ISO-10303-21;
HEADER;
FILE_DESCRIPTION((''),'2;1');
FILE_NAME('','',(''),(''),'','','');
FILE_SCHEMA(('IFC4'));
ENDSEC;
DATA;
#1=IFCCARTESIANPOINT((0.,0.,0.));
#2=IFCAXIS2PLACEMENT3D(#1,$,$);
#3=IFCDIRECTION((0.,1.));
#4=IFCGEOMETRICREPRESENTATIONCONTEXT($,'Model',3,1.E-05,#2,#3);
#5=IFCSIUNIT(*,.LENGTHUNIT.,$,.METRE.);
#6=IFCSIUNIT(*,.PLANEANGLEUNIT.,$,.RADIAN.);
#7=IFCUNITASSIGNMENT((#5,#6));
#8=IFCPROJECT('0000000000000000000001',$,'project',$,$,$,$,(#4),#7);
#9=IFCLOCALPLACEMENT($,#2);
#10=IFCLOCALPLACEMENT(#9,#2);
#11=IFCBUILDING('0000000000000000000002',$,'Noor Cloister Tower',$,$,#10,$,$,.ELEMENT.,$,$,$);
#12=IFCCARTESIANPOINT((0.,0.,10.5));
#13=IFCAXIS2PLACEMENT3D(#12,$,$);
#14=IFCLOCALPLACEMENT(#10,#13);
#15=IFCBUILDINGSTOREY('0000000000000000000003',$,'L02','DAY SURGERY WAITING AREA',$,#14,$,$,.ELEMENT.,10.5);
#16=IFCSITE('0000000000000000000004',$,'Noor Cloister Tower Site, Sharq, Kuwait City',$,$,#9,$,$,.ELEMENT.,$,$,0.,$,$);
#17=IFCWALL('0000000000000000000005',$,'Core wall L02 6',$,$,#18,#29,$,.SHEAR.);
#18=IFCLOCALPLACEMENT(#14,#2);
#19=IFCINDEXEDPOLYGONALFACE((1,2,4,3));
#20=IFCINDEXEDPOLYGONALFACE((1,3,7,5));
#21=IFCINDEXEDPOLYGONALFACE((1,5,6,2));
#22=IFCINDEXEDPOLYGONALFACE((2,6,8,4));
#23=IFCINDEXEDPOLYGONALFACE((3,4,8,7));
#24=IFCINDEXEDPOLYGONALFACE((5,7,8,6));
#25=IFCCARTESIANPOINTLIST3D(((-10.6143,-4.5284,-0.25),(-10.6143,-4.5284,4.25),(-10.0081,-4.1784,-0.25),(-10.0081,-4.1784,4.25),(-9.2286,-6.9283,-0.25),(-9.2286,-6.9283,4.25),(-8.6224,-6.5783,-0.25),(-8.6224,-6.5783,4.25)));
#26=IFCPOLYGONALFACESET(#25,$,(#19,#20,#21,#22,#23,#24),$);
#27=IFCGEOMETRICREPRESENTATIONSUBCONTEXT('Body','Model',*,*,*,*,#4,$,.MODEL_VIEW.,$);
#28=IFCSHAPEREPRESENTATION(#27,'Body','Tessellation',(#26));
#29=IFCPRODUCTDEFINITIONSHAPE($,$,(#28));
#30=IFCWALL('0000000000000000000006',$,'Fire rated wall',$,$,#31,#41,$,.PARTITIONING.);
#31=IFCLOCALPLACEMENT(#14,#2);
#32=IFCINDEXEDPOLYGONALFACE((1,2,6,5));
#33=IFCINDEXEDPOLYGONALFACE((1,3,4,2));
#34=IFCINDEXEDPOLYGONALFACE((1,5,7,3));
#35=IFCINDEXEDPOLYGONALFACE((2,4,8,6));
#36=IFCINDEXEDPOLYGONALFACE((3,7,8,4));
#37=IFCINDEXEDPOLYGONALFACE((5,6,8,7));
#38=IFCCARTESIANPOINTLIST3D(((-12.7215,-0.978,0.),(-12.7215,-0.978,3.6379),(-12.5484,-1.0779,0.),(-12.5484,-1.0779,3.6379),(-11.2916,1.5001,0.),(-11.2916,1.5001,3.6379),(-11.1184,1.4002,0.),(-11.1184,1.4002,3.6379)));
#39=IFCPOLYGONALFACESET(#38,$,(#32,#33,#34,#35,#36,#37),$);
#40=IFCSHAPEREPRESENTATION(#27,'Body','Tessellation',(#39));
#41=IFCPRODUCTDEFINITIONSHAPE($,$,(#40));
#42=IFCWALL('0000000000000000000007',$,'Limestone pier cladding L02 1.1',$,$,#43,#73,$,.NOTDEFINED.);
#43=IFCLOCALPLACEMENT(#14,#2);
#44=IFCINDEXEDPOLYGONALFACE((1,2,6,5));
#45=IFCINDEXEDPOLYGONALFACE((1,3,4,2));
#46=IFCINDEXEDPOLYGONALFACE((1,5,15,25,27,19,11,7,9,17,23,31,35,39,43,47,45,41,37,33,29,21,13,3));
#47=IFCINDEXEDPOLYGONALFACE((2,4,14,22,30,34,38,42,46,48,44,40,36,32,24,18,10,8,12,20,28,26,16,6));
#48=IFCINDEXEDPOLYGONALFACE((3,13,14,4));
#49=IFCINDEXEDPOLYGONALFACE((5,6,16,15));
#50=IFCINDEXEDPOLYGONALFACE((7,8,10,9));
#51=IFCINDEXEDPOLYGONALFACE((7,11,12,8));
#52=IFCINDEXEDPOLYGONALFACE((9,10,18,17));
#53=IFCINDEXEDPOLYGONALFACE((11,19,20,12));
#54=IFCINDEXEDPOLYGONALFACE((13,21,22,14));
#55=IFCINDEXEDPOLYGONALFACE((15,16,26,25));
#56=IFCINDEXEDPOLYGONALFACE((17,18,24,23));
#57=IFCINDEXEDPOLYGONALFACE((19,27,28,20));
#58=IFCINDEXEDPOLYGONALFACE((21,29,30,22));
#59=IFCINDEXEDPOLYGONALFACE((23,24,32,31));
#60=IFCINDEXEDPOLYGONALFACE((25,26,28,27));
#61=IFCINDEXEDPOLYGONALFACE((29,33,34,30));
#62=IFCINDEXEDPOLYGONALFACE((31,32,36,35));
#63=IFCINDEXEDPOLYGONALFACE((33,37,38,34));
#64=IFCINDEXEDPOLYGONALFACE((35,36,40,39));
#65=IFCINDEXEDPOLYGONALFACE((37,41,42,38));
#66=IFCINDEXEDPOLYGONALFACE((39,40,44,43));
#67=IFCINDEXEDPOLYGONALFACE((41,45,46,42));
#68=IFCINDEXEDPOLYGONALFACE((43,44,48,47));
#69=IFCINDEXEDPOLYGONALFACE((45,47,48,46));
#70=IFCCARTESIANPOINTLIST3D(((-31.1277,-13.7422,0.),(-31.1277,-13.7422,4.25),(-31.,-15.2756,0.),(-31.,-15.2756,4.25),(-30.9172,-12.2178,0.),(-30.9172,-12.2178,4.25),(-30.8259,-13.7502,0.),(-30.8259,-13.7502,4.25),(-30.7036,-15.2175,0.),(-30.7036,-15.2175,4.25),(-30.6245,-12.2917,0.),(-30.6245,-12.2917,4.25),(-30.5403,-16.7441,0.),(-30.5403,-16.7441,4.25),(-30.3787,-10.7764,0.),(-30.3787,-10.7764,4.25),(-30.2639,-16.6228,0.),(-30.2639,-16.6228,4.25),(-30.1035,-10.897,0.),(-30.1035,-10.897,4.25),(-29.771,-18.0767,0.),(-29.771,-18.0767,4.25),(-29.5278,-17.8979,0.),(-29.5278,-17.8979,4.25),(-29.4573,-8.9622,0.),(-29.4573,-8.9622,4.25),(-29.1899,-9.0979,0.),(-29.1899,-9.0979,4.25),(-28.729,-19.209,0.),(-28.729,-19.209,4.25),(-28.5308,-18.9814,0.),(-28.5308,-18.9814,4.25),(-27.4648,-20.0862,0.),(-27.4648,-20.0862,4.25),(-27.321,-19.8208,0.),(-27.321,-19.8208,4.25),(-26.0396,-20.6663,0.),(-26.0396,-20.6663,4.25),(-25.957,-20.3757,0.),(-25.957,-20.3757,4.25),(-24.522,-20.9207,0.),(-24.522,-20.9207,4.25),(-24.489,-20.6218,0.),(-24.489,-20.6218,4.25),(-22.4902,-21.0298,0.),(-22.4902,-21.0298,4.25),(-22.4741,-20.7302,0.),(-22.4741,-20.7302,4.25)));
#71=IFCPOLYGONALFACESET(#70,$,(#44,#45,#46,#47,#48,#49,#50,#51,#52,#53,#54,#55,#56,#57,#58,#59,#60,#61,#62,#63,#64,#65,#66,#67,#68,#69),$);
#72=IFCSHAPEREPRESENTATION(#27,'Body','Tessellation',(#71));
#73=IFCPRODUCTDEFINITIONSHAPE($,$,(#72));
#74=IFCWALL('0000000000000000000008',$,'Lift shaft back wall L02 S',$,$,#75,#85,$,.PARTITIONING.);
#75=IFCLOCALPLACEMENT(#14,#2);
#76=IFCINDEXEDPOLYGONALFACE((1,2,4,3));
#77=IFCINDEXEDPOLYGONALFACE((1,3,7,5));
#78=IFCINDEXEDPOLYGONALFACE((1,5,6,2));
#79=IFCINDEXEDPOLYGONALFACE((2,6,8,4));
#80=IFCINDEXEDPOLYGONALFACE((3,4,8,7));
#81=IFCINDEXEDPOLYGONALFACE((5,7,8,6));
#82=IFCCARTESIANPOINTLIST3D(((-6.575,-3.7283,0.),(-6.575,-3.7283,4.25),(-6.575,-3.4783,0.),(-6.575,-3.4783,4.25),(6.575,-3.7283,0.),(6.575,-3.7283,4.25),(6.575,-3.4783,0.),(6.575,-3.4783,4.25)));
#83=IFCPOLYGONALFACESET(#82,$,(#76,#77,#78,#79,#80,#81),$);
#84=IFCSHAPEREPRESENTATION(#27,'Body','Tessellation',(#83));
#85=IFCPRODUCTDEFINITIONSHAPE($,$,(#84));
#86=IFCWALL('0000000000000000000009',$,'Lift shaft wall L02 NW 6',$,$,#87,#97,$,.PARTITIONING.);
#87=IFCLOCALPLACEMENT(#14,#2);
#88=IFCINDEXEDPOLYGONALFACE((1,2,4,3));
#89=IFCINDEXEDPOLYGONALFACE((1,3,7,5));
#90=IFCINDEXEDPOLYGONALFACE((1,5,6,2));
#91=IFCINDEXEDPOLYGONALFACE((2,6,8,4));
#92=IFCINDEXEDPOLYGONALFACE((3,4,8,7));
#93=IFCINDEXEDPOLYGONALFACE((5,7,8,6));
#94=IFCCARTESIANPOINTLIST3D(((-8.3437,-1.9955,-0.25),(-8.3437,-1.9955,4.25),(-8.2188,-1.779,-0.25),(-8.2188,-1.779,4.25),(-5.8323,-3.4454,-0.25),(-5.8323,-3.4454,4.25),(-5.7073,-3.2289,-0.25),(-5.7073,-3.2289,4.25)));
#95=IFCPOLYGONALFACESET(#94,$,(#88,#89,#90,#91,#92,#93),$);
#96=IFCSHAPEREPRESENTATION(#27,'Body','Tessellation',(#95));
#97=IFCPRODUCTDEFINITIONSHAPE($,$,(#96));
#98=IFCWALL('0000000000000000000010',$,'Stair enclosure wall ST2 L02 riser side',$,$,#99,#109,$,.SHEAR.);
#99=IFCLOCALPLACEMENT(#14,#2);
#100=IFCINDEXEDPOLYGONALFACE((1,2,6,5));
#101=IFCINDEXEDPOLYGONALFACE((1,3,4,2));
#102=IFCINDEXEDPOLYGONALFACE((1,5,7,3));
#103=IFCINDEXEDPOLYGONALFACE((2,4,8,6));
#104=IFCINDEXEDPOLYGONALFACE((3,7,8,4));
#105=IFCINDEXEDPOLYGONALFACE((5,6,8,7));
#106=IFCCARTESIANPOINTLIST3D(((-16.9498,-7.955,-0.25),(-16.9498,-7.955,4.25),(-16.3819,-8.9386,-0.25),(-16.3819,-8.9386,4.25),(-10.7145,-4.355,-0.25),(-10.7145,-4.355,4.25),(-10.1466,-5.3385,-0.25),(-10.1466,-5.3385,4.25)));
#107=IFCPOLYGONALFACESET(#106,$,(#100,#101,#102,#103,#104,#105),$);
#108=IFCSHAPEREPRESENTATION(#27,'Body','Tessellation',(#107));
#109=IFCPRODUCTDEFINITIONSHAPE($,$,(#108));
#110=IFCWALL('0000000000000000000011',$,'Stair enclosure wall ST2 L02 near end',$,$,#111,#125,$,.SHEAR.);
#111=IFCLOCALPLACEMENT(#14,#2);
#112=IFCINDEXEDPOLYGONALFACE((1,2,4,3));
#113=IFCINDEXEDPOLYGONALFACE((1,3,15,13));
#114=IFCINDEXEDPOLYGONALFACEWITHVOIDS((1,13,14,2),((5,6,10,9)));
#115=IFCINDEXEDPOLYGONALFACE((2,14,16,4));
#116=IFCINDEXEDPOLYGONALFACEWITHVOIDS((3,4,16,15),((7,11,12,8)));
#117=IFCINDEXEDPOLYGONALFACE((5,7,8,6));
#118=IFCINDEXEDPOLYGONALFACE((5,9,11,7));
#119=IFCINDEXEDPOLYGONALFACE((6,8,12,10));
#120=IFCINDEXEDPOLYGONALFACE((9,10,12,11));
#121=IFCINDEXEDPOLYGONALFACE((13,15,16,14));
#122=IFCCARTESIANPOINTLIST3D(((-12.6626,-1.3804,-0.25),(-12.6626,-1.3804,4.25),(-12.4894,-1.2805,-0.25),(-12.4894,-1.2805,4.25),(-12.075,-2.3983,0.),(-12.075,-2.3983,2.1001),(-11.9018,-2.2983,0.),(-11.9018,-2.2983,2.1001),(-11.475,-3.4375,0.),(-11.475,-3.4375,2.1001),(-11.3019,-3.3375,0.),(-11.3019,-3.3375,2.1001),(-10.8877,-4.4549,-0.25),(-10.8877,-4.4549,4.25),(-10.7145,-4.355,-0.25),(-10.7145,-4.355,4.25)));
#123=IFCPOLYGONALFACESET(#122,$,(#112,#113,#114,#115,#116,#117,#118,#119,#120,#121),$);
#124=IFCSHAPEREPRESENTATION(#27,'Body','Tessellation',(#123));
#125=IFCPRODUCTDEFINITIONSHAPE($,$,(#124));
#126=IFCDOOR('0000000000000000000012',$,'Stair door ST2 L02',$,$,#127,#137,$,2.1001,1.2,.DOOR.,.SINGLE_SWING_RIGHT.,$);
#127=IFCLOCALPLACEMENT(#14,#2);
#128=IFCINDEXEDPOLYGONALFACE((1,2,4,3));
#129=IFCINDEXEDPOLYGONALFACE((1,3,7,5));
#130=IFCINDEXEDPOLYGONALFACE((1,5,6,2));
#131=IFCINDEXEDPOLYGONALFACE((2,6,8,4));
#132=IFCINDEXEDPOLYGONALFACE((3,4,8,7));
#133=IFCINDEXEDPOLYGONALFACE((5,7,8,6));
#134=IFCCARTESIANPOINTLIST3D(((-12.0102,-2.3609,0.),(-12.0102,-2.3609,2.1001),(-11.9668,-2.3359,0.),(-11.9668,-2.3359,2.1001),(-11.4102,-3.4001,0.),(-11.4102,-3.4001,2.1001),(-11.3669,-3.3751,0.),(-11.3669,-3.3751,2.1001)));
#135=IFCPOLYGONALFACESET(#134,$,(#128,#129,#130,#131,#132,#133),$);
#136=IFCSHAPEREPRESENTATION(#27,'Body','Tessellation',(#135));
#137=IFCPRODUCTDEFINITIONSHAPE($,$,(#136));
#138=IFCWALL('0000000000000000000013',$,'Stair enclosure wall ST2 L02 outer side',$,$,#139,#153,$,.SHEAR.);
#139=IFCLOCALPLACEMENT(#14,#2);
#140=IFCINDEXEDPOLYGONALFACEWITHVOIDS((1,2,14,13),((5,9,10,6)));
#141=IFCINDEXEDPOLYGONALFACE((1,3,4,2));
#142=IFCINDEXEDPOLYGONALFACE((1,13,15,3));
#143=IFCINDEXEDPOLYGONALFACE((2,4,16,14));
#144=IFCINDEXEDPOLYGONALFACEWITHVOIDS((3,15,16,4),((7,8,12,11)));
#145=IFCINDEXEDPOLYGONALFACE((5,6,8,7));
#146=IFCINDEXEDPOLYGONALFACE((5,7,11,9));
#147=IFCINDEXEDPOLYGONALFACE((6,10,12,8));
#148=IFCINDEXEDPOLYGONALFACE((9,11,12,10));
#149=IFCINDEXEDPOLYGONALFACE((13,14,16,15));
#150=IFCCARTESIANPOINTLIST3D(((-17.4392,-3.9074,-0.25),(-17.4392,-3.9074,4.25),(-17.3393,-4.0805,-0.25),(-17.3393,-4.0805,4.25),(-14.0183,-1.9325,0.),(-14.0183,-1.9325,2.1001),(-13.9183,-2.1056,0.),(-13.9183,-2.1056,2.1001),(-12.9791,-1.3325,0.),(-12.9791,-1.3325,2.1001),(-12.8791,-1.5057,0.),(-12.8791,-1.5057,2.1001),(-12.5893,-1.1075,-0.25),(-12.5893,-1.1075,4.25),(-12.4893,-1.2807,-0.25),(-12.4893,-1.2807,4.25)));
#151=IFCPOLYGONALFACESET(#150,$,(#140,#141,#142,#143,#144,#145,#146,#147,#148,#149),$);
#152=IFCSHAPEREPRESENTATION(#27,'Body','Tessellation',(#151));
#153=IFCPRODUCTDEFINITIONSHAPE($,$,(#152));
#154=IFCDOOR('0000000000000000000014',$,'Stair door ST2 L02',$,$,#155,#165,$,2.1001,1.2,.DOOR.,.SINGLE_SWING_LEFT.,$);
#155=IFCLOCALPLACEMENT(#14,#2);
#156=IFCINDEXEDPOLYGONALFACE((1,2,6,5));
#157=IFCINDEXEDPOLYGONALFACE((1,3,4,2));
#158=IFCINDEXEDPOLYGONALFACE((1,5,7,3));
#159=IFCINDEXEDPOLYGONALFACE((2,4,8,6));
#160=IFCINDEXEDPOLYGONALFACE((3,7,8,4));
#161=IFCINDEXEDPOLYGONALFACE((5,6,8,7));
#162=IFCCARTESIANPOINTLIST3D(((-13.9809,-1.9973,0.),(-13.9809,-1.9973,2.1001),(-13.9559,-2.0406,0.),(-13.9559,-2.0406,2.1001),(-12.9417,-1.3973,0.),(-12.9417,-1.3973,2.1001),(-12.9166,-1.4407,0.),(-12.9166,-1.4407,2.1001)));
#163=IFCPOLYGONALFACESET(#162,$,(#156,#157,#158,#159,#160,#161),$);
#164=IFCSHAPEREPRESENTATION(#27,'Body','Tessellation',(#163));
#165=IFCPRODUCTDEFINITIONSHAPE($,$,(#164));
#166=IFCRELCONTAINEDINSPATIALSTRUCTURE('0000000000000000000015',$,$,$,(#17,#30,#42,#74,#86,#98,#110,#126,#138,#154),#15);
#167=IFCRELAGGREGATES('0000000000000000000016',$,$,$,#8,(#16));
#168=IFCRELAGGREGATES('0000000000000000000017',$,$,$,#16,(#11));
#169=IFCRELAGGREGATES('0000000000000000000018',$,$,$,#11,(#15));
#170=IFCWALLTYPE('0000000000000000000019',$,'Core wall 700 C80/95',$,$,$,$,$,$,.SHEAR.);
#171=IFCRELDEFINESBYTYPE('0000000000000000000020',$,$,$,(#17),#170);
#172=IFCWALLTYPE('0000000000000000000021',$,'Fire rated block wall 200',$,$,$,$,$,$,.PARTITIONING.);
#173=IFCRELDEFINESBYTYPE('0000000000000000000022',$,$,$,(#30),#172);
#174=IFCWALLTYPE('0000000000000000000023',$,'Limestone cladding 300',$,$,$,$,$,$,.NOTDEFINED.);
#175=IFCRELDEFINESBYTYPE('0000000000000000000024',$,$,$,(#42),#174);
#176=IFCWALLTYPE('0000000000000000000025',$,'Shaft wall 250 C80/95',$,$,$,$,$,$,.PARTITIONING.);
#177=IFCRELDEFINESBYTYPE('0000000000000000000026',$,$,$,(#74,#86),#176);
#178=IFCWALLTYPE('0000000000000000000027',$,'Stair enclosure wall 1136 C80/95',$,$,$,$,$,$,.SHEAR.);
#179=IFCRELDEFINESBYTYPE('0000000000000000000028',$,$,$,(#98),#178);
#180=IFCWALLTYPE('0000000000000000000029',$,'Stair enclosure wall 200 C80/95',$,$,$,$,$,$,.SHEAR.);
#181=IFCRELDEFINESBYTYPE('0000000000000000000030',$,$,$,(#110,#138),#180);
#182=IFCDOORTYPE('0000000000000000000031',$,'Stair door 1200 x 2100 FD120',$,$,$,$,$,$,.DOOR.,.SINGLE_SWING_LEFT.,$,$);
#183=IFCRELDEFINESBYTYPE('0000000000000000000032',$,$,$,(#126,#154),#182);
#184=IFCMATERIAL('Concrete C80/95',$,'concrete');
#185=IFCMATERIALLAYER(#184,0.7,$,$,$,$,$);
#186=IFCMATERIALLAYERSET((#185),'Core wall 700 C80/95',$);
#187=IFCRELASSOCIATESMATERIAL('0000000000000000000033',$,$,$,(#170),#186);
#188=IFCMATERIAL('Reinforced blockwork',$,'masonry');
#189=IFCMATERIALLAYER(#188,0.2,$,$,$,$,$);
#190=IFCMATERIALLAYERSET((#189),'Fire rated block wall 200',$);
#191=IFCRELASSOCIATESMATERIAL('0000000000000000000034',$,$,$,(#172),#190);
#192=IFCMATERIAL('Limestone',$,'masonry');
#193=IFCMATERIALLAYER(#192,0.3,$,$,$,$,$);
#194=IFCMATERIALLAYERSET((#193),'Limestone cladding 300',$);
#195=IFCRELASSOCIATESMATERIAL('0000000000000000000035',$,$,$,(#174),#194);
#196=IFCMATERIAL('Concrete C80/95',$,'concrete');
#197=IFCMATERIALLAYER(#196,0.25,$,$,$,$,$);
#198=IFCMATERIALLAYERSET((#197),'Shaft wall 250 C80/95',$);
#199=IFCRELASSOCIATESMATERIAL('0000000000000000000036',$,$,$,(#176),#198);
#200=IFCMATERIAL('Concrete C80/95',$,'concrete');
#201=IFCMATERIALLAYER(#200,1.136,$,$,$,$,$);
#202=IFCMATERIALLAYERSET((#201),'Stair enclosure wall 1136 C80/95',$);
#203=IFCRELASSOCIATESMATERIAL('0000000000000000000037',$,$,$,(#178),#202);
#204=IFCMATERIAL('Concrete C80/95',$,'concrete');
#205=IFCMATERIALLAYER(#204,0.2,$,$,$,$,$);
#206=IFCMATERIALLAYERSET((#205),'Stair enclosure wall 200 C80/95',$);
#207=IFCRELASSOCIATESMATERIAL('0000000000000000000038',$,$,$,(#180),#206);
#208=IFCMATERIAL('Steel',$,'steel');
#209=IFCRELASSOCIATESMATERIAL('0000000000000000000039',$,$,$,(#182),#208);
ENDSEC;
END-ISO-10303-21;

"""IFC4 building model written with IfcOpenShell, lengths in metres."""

from ifc_helpers import new_model, si_unit, direction, frame, frame_2d, origin, place, context, subcontext, project, spatial, polyline, rectangle, outline, extrude, material, layer, layer_set, type_object, element, fill, save


model = new_model("IFC4")

# Units and contexts
model_context = context("Model", 3, precision=1e-05, world=origin(), true_north=direction((0.0, 1.0)))
body_context = subcontext(model_context, "Body", "Model", "MODEL_VIEW")
ifc_project = project(units=[si_unit("LENGTHUNIT", "METRE"), si_unit("PLANEANGLEUNIT", "RADIAN")], contexts=[model_context])

# Site, building, storey
site_placement = place(None, origin())
site = spatial("IfcSite", under=ifc_project, at=site_placement, Name="Noor Cloister Tower Site, Sharq, Kuwait City", CompositionType="ELEMENT", RefElevation=0.0)
building_placement = place(site_placement, origin())
building = spatial("IfcBuilding", under=site, at=building_placement, Name="Noor Cloister Tower", CompositionType="ELEMENT")
storey_placement = place(building_placement, frame((0.0, 0.0, 10.5)))
storey = spatial("IfcBuildingStorey", under=building, at=storey_placement, Name="L02", Description="DAY SURGERY WAITING AREA", CompositionType="ELEMENT", Elevation=10.5)

# Walls
ifc_material_1 = material(Name="Concrete C80/95", Category="concrete")
ifc_layer_1 = layer(ifc_material_1, 0.7)
ifc_layer_set_1 = layer_set([ifc_layer_1], Name="Core wall 700 C80/95")
wall_type_1 = type_object("IfcWallType", Name="Core wall 700 C80/95", PredefinedType="SHEAR", material=ifc_layer_set_1)
wall_1_placement = place(storey_placement, frame((-10.3113, -4.3533, -0.25), z_axis=(0.0, 0.0, 1.0), x_axis=(0.500043, -0.866001, 0.0)))
element("IfcWall", 1, at=wall_1_placement, inside=storey, type_object=wall_type_1, Name="Core wall L02 6", PredefinedType="SHEAR", context=body_context, shape_type="SweptSolid", body=[
    extrude(rectangle(XDim=2.7712, YDim=0.7, at=frame_2d((1.3857, 0.0))), origin(), (0.0, 0.0, 1.0), 4.5),
])
ifc_material_2 = material(Name="Reinforced blockwork", Category="masonry")
ifc_layer_2 = layer(ifc_material_2, 0.2)
ifc_layer_set_2 = layer_set([ifc_layer_2], Name="Fire rated block wall 200")
wall_type_2 = type_object("IfcWallType", Name="Fire rated block wall 200", PredefinedType="PARTITIONING", material=ifc_layer_set_2)
wall_2_placement = place(storey_placement, frame((-12.635, -1.0281, 0.0), z_axis=(0.0, 0.0, 1.0), x_axis=(0.499801, 0.86614, 0.0)))
element("IfcWall", 2, at=wall_2_placement, inside=storey, type_object=wall_type_2, Name="Fire rated wall", PredefinedType="PARTITIONING", context=body_context, shape_type="SweptSolid", body=[
    extrude(rectangle(XDim=2.8611, YDim=0.2, at=frame_2d((1.4307, 0.0))), origin(), (0.0, 0.0, 1.0), 3.6379),
])
ifc_material_3 = material(Name="Limestone", Category="masonry")
ifc_layer_3 = layer(ifc_material_3, 0.3)
ifc_layer_set_3 = layer_set([ifc_layer_3], Name="Limestone cladding 300")
wall_type_3 = type_object("IfcWallType", Name="Limestone cladding 300", PredefinedType="NOTDEFINED", material=ifc_layer_set_3)
wall_3_placement = place(storey_placement, origin())
element("IfcWall", 3, at=wall_3_placement, inside=storey, type_object=wall_type_3, Name="Limestone pier cladding L02 1.1", PredefinedType="NOTDEFINED", context=body_context, shape_type="SweptSolid", body=[
    extrude(outline(polyline([(-29.4573, -8.9622), (-30.3787, -10.7764), (-30.9172, -12.2178), (-31.1277, -13.7422), (-31.0, -15.2756), (-30.5403, -16.7441), (-29.771, -18.0767), (-28.729, -19.209), (-27.4648, -20.0862), (-26.0396, -20.6663), (-24.522, -20.9207), (-22.4902, -21.0298), (-22.4741, -20.7302), (-24.489, -20.6218), (-25.957, -20.3757), (-27.321, -19.8208), (-28.5308, -18.9814), (-29.5278, -17.8979), (-30.2639, -16.6228), (-30.7036, -15.2175), (-30.8259, -13.7502), (-30.6245, -12.2917), (-30.1035, -10.897), (-29.1899, -9.0979), (-29.4573, -8.9622)])), origin(), (0.0, 0.0, 1.0), 4.25),
])
ifc_material_4 = material(Name="Concrete C80/95", Category="concrete")
ifc_layer_4 = layer(ifc_material_4, 0.25)
ifc_layer_set_4 = layer_set([ifc_layer_4], Name="Shaft wall 250 C80/95")
wall_type_4 = type_object("IfcWallType", Name="Shaft wall 250 C80/95", PredefinedType="PARTITIONING", material=ifc_layer_set_4)
wall_4_placement = place(storey_placement, frame((-6.575, -3.6033, 0.0), z_axis=(0.0, 0.0, 1.0), x_axis=(1.0, 0.0, 0.0)))
element("IfcWall", 4, at=wall_4_placement, inside=storey, type_object=wall_type_4, Name="Lift shaft back wall L02 S", PredefinedType="PARTITIONING", context=body_context, shape_type="SweptSolid", body=[
    extrude(rectangle(XDim=13.1499, YDim=0.25, at=frame_2d((6.575, 0.0))), origin(), (0.0, 0.0, 1.0), 4.25),
])
wall_5_placement = place(storey_placement, frame((-8.2812, -1.8872, -0.25), z_axis=(0.0, 0.0, 1.0), x_axis=(0.866033, -0.499987, 0.0)))
element("IfcWall", 5, at=wall_5_placement, inside=storey, type_object=wall_type_4, Name="Lift shaft wall L02 NW 6", PredefinedType="PARTITIONING", context=body_context, shape_type="SweptSolid", body=[
    extrude(rectangle(XDim=2.8999, YDim=0.25, at=frame_2d((1.45, 0.0))), origin(), (0.0, 0.0, 1.0), 4.5),
])
ifc_material_5 = material(Name="Concrete C80/95", Category="concrete")
ifc_layer_5 = layer(ifc_material_5, 1.136)
ifc_layer_set_5 = layer_set([ifc_layer_5], Name="Stair enclosure wall 1136 C80/95")
wall_type_5 = type_object("IfcWallType", Name="Stair enclosure wall 1136 C80/95", PredefinedType="SHEAR", material=ifc_layer_set_5)
wall_6_placement = place(storey_placement, frame((-10.4304, -4.8467, -0.25), z_axis=(0.0, 0.0, 1.0), x_axis=(-0.866018, -0.500012, 0.0)))
element("IfcWall", 6, at=wall_6_placement, inside=storey, type_object=wall_type_5, Name="Stair enclosure wall ST2 L02 riser side", PredefinedType="SHEAR", context=body_context, shape_type="SweptSolid", body=[
    extrude(rectangle(XDim=7.2, YDim=1.1357, at=frame_2d((3.6001, 0.0))), origin(), (0.0, 0.0, 1.0), 4.5),
])

# Walls, openings, doors
ifc_material_6 = material(Name="Concrete C80/95", Category="concrete")
ifc_layer_6 = layer(ifc_material_6, 0.2)
ifc_layer_set_6 = layer_set([ifc_layer_6], Name="Stair enclosure wall 200 C80/95")
wall_type_6 = type_object("IfcWallType", Name="Stair enclosure wall 200 C80/95", PredefinedType="SHEAR", material=ifc_layer_set_6)
wall_7_placement = place(storey_placement, frame((-12.5759, -1.3306, -0.25), z_axis=(0.0, 0.0, 1.0), x_axis=(0.49997, -0.866042, 0.0)))
wall_7 = element("IfcWall", 7, at=wall_7_placement, inside=storey, type_object=wall_type_6, Name="Stair enclosure wall ST2 L02 near end", PredefinedType="SHEAR", context=body_context, shape_type="SweptSolid", body=[
    extrude(rectangle(XDim=3.55, YDim=0.2, at=frame_2d((1.7749, 0.0))), origin(), (0.0, 0.0, 1.0), 4.5),
])
opening_1_placement = place(wall_7_placement, frame((1.175, 0.0, 0.25)))
opening_1 = element("IfcOpeningElement", 8, at=opening_1_placement, cuts=wall_7, PredefinedType="OPENING", context=body_context, shape_type="SweptSolid", body=[
    extrude(rectangle(XDim=1.2, YDim=2.1001, at=frame_2d((0.6001, 1.05))), frame((0.0, 0.1099, 0.0), z_axis=(0.0, -1.0, 0.0), x_axis=(1.0, 0.0, 0.0)), (0.0, 0.0, 1.0), 0.22),
])
ifc_material_7 = material(Name="Steel", Category="steel")
door_type_1 = type_object("IfcDoorType", Name="Stair door 1200 x 2100 FD120", OperationType="SINGLE_SWING_LEFT", PredefinedType="DOOR", material=ifc_material_7)
door_1_placement = place(opening_1_placement, origin())
door_1 = element("IfcDoor", 9, at=door_1_placement, inside=storey, type_object=door_type_1, Name="Stair door ST2 L02", OperationType="SINGLE_SWING_RIGHT", OverallHeight=2.1001, OverallWidth=1.2, PredefinedType="DOOR", context=body_context, shape_type="SweptSolid", body=[
    extrude(rectangle(XDim=1.2, YDim=2.1001, at=frame_2d((0.6001, 1.05))), frame((0.0, 0.0249, 0.0), z_axis=(0.0, -1.0, 0.0), x_axis=(1.0, 0.0, 0.0)), (0.0, 0.0, 1.0), 0.05),
])
fill(opening_1, door_1)
wall_8_placement = place(storey_placement, frame((-12.5393, -1.1941, -0.25), z_axis=(0.0, 0.0, 1.0), x_axis=(-0.866045, -0.499965, 0.0)))
wall_8 = element("IfcWall", 10, at=wall_8_placement, inside=storey, type_object=wall_type_6, Name="Stair enclosure wall ST2 L02 outer side", PredefinedType="SHEAR", context=body_context, shape_type="SweptSolid", body=[
    extrude(rectangle(XDim=5.6001, YDim=0.2, at=frame_2d((2.8, 0.0))), origin(), (0.0, 0.0, 1.0), 4.5),
])
opening_2_placement = place(wall_8_placement, frame((0.45, 0.0, 0.25)))
opening_2 = element("IfcOpeningElement", 11, at=opening_2_placement, cuts=wall_8, PredefinedType="OPENING", context=body_context, shape_type="SweptSolid", body=[
    extrude(rectangle(XDim=1.2, YDim=2.1001, at=frame_2d((0.6001, 1.05))), frame((0.0, 0.1099, 0.0), z_axis=(0.0, -1.0, 0.0), x_axis=(1.0, 0.0, 0.0)), (0.0, 0.0, 1.0), 0.22),
])
door_2_placement = place(opening_2_placement, origin())
door_2 = element("IfcDoor", 12, at=door_2_placement, inside=storey, type_object=door_type_1, Name="Stair door ST2 L02", OperationType="SINGLE_SWING_LEFT", OverallHeight=2.1001, OverallWidth=1.2, PredefinedType="DOOR", context=body_context, shape_type="SweptSolid", body=[
    extrude(rectangle(XDim=1.2, YDim=2.1001, at=frame_2d((0.6001, 1.05))), frame((0.0, 0.0249, 0.0), z_axis=(0.0, -1.0, 0.0), x_axis=(1.0, 0.0, 0.0)), (0.0, 0.0, 1.0), 0.05),
])
fill(opening_2, door_2)

save(model, "model.ifc")
